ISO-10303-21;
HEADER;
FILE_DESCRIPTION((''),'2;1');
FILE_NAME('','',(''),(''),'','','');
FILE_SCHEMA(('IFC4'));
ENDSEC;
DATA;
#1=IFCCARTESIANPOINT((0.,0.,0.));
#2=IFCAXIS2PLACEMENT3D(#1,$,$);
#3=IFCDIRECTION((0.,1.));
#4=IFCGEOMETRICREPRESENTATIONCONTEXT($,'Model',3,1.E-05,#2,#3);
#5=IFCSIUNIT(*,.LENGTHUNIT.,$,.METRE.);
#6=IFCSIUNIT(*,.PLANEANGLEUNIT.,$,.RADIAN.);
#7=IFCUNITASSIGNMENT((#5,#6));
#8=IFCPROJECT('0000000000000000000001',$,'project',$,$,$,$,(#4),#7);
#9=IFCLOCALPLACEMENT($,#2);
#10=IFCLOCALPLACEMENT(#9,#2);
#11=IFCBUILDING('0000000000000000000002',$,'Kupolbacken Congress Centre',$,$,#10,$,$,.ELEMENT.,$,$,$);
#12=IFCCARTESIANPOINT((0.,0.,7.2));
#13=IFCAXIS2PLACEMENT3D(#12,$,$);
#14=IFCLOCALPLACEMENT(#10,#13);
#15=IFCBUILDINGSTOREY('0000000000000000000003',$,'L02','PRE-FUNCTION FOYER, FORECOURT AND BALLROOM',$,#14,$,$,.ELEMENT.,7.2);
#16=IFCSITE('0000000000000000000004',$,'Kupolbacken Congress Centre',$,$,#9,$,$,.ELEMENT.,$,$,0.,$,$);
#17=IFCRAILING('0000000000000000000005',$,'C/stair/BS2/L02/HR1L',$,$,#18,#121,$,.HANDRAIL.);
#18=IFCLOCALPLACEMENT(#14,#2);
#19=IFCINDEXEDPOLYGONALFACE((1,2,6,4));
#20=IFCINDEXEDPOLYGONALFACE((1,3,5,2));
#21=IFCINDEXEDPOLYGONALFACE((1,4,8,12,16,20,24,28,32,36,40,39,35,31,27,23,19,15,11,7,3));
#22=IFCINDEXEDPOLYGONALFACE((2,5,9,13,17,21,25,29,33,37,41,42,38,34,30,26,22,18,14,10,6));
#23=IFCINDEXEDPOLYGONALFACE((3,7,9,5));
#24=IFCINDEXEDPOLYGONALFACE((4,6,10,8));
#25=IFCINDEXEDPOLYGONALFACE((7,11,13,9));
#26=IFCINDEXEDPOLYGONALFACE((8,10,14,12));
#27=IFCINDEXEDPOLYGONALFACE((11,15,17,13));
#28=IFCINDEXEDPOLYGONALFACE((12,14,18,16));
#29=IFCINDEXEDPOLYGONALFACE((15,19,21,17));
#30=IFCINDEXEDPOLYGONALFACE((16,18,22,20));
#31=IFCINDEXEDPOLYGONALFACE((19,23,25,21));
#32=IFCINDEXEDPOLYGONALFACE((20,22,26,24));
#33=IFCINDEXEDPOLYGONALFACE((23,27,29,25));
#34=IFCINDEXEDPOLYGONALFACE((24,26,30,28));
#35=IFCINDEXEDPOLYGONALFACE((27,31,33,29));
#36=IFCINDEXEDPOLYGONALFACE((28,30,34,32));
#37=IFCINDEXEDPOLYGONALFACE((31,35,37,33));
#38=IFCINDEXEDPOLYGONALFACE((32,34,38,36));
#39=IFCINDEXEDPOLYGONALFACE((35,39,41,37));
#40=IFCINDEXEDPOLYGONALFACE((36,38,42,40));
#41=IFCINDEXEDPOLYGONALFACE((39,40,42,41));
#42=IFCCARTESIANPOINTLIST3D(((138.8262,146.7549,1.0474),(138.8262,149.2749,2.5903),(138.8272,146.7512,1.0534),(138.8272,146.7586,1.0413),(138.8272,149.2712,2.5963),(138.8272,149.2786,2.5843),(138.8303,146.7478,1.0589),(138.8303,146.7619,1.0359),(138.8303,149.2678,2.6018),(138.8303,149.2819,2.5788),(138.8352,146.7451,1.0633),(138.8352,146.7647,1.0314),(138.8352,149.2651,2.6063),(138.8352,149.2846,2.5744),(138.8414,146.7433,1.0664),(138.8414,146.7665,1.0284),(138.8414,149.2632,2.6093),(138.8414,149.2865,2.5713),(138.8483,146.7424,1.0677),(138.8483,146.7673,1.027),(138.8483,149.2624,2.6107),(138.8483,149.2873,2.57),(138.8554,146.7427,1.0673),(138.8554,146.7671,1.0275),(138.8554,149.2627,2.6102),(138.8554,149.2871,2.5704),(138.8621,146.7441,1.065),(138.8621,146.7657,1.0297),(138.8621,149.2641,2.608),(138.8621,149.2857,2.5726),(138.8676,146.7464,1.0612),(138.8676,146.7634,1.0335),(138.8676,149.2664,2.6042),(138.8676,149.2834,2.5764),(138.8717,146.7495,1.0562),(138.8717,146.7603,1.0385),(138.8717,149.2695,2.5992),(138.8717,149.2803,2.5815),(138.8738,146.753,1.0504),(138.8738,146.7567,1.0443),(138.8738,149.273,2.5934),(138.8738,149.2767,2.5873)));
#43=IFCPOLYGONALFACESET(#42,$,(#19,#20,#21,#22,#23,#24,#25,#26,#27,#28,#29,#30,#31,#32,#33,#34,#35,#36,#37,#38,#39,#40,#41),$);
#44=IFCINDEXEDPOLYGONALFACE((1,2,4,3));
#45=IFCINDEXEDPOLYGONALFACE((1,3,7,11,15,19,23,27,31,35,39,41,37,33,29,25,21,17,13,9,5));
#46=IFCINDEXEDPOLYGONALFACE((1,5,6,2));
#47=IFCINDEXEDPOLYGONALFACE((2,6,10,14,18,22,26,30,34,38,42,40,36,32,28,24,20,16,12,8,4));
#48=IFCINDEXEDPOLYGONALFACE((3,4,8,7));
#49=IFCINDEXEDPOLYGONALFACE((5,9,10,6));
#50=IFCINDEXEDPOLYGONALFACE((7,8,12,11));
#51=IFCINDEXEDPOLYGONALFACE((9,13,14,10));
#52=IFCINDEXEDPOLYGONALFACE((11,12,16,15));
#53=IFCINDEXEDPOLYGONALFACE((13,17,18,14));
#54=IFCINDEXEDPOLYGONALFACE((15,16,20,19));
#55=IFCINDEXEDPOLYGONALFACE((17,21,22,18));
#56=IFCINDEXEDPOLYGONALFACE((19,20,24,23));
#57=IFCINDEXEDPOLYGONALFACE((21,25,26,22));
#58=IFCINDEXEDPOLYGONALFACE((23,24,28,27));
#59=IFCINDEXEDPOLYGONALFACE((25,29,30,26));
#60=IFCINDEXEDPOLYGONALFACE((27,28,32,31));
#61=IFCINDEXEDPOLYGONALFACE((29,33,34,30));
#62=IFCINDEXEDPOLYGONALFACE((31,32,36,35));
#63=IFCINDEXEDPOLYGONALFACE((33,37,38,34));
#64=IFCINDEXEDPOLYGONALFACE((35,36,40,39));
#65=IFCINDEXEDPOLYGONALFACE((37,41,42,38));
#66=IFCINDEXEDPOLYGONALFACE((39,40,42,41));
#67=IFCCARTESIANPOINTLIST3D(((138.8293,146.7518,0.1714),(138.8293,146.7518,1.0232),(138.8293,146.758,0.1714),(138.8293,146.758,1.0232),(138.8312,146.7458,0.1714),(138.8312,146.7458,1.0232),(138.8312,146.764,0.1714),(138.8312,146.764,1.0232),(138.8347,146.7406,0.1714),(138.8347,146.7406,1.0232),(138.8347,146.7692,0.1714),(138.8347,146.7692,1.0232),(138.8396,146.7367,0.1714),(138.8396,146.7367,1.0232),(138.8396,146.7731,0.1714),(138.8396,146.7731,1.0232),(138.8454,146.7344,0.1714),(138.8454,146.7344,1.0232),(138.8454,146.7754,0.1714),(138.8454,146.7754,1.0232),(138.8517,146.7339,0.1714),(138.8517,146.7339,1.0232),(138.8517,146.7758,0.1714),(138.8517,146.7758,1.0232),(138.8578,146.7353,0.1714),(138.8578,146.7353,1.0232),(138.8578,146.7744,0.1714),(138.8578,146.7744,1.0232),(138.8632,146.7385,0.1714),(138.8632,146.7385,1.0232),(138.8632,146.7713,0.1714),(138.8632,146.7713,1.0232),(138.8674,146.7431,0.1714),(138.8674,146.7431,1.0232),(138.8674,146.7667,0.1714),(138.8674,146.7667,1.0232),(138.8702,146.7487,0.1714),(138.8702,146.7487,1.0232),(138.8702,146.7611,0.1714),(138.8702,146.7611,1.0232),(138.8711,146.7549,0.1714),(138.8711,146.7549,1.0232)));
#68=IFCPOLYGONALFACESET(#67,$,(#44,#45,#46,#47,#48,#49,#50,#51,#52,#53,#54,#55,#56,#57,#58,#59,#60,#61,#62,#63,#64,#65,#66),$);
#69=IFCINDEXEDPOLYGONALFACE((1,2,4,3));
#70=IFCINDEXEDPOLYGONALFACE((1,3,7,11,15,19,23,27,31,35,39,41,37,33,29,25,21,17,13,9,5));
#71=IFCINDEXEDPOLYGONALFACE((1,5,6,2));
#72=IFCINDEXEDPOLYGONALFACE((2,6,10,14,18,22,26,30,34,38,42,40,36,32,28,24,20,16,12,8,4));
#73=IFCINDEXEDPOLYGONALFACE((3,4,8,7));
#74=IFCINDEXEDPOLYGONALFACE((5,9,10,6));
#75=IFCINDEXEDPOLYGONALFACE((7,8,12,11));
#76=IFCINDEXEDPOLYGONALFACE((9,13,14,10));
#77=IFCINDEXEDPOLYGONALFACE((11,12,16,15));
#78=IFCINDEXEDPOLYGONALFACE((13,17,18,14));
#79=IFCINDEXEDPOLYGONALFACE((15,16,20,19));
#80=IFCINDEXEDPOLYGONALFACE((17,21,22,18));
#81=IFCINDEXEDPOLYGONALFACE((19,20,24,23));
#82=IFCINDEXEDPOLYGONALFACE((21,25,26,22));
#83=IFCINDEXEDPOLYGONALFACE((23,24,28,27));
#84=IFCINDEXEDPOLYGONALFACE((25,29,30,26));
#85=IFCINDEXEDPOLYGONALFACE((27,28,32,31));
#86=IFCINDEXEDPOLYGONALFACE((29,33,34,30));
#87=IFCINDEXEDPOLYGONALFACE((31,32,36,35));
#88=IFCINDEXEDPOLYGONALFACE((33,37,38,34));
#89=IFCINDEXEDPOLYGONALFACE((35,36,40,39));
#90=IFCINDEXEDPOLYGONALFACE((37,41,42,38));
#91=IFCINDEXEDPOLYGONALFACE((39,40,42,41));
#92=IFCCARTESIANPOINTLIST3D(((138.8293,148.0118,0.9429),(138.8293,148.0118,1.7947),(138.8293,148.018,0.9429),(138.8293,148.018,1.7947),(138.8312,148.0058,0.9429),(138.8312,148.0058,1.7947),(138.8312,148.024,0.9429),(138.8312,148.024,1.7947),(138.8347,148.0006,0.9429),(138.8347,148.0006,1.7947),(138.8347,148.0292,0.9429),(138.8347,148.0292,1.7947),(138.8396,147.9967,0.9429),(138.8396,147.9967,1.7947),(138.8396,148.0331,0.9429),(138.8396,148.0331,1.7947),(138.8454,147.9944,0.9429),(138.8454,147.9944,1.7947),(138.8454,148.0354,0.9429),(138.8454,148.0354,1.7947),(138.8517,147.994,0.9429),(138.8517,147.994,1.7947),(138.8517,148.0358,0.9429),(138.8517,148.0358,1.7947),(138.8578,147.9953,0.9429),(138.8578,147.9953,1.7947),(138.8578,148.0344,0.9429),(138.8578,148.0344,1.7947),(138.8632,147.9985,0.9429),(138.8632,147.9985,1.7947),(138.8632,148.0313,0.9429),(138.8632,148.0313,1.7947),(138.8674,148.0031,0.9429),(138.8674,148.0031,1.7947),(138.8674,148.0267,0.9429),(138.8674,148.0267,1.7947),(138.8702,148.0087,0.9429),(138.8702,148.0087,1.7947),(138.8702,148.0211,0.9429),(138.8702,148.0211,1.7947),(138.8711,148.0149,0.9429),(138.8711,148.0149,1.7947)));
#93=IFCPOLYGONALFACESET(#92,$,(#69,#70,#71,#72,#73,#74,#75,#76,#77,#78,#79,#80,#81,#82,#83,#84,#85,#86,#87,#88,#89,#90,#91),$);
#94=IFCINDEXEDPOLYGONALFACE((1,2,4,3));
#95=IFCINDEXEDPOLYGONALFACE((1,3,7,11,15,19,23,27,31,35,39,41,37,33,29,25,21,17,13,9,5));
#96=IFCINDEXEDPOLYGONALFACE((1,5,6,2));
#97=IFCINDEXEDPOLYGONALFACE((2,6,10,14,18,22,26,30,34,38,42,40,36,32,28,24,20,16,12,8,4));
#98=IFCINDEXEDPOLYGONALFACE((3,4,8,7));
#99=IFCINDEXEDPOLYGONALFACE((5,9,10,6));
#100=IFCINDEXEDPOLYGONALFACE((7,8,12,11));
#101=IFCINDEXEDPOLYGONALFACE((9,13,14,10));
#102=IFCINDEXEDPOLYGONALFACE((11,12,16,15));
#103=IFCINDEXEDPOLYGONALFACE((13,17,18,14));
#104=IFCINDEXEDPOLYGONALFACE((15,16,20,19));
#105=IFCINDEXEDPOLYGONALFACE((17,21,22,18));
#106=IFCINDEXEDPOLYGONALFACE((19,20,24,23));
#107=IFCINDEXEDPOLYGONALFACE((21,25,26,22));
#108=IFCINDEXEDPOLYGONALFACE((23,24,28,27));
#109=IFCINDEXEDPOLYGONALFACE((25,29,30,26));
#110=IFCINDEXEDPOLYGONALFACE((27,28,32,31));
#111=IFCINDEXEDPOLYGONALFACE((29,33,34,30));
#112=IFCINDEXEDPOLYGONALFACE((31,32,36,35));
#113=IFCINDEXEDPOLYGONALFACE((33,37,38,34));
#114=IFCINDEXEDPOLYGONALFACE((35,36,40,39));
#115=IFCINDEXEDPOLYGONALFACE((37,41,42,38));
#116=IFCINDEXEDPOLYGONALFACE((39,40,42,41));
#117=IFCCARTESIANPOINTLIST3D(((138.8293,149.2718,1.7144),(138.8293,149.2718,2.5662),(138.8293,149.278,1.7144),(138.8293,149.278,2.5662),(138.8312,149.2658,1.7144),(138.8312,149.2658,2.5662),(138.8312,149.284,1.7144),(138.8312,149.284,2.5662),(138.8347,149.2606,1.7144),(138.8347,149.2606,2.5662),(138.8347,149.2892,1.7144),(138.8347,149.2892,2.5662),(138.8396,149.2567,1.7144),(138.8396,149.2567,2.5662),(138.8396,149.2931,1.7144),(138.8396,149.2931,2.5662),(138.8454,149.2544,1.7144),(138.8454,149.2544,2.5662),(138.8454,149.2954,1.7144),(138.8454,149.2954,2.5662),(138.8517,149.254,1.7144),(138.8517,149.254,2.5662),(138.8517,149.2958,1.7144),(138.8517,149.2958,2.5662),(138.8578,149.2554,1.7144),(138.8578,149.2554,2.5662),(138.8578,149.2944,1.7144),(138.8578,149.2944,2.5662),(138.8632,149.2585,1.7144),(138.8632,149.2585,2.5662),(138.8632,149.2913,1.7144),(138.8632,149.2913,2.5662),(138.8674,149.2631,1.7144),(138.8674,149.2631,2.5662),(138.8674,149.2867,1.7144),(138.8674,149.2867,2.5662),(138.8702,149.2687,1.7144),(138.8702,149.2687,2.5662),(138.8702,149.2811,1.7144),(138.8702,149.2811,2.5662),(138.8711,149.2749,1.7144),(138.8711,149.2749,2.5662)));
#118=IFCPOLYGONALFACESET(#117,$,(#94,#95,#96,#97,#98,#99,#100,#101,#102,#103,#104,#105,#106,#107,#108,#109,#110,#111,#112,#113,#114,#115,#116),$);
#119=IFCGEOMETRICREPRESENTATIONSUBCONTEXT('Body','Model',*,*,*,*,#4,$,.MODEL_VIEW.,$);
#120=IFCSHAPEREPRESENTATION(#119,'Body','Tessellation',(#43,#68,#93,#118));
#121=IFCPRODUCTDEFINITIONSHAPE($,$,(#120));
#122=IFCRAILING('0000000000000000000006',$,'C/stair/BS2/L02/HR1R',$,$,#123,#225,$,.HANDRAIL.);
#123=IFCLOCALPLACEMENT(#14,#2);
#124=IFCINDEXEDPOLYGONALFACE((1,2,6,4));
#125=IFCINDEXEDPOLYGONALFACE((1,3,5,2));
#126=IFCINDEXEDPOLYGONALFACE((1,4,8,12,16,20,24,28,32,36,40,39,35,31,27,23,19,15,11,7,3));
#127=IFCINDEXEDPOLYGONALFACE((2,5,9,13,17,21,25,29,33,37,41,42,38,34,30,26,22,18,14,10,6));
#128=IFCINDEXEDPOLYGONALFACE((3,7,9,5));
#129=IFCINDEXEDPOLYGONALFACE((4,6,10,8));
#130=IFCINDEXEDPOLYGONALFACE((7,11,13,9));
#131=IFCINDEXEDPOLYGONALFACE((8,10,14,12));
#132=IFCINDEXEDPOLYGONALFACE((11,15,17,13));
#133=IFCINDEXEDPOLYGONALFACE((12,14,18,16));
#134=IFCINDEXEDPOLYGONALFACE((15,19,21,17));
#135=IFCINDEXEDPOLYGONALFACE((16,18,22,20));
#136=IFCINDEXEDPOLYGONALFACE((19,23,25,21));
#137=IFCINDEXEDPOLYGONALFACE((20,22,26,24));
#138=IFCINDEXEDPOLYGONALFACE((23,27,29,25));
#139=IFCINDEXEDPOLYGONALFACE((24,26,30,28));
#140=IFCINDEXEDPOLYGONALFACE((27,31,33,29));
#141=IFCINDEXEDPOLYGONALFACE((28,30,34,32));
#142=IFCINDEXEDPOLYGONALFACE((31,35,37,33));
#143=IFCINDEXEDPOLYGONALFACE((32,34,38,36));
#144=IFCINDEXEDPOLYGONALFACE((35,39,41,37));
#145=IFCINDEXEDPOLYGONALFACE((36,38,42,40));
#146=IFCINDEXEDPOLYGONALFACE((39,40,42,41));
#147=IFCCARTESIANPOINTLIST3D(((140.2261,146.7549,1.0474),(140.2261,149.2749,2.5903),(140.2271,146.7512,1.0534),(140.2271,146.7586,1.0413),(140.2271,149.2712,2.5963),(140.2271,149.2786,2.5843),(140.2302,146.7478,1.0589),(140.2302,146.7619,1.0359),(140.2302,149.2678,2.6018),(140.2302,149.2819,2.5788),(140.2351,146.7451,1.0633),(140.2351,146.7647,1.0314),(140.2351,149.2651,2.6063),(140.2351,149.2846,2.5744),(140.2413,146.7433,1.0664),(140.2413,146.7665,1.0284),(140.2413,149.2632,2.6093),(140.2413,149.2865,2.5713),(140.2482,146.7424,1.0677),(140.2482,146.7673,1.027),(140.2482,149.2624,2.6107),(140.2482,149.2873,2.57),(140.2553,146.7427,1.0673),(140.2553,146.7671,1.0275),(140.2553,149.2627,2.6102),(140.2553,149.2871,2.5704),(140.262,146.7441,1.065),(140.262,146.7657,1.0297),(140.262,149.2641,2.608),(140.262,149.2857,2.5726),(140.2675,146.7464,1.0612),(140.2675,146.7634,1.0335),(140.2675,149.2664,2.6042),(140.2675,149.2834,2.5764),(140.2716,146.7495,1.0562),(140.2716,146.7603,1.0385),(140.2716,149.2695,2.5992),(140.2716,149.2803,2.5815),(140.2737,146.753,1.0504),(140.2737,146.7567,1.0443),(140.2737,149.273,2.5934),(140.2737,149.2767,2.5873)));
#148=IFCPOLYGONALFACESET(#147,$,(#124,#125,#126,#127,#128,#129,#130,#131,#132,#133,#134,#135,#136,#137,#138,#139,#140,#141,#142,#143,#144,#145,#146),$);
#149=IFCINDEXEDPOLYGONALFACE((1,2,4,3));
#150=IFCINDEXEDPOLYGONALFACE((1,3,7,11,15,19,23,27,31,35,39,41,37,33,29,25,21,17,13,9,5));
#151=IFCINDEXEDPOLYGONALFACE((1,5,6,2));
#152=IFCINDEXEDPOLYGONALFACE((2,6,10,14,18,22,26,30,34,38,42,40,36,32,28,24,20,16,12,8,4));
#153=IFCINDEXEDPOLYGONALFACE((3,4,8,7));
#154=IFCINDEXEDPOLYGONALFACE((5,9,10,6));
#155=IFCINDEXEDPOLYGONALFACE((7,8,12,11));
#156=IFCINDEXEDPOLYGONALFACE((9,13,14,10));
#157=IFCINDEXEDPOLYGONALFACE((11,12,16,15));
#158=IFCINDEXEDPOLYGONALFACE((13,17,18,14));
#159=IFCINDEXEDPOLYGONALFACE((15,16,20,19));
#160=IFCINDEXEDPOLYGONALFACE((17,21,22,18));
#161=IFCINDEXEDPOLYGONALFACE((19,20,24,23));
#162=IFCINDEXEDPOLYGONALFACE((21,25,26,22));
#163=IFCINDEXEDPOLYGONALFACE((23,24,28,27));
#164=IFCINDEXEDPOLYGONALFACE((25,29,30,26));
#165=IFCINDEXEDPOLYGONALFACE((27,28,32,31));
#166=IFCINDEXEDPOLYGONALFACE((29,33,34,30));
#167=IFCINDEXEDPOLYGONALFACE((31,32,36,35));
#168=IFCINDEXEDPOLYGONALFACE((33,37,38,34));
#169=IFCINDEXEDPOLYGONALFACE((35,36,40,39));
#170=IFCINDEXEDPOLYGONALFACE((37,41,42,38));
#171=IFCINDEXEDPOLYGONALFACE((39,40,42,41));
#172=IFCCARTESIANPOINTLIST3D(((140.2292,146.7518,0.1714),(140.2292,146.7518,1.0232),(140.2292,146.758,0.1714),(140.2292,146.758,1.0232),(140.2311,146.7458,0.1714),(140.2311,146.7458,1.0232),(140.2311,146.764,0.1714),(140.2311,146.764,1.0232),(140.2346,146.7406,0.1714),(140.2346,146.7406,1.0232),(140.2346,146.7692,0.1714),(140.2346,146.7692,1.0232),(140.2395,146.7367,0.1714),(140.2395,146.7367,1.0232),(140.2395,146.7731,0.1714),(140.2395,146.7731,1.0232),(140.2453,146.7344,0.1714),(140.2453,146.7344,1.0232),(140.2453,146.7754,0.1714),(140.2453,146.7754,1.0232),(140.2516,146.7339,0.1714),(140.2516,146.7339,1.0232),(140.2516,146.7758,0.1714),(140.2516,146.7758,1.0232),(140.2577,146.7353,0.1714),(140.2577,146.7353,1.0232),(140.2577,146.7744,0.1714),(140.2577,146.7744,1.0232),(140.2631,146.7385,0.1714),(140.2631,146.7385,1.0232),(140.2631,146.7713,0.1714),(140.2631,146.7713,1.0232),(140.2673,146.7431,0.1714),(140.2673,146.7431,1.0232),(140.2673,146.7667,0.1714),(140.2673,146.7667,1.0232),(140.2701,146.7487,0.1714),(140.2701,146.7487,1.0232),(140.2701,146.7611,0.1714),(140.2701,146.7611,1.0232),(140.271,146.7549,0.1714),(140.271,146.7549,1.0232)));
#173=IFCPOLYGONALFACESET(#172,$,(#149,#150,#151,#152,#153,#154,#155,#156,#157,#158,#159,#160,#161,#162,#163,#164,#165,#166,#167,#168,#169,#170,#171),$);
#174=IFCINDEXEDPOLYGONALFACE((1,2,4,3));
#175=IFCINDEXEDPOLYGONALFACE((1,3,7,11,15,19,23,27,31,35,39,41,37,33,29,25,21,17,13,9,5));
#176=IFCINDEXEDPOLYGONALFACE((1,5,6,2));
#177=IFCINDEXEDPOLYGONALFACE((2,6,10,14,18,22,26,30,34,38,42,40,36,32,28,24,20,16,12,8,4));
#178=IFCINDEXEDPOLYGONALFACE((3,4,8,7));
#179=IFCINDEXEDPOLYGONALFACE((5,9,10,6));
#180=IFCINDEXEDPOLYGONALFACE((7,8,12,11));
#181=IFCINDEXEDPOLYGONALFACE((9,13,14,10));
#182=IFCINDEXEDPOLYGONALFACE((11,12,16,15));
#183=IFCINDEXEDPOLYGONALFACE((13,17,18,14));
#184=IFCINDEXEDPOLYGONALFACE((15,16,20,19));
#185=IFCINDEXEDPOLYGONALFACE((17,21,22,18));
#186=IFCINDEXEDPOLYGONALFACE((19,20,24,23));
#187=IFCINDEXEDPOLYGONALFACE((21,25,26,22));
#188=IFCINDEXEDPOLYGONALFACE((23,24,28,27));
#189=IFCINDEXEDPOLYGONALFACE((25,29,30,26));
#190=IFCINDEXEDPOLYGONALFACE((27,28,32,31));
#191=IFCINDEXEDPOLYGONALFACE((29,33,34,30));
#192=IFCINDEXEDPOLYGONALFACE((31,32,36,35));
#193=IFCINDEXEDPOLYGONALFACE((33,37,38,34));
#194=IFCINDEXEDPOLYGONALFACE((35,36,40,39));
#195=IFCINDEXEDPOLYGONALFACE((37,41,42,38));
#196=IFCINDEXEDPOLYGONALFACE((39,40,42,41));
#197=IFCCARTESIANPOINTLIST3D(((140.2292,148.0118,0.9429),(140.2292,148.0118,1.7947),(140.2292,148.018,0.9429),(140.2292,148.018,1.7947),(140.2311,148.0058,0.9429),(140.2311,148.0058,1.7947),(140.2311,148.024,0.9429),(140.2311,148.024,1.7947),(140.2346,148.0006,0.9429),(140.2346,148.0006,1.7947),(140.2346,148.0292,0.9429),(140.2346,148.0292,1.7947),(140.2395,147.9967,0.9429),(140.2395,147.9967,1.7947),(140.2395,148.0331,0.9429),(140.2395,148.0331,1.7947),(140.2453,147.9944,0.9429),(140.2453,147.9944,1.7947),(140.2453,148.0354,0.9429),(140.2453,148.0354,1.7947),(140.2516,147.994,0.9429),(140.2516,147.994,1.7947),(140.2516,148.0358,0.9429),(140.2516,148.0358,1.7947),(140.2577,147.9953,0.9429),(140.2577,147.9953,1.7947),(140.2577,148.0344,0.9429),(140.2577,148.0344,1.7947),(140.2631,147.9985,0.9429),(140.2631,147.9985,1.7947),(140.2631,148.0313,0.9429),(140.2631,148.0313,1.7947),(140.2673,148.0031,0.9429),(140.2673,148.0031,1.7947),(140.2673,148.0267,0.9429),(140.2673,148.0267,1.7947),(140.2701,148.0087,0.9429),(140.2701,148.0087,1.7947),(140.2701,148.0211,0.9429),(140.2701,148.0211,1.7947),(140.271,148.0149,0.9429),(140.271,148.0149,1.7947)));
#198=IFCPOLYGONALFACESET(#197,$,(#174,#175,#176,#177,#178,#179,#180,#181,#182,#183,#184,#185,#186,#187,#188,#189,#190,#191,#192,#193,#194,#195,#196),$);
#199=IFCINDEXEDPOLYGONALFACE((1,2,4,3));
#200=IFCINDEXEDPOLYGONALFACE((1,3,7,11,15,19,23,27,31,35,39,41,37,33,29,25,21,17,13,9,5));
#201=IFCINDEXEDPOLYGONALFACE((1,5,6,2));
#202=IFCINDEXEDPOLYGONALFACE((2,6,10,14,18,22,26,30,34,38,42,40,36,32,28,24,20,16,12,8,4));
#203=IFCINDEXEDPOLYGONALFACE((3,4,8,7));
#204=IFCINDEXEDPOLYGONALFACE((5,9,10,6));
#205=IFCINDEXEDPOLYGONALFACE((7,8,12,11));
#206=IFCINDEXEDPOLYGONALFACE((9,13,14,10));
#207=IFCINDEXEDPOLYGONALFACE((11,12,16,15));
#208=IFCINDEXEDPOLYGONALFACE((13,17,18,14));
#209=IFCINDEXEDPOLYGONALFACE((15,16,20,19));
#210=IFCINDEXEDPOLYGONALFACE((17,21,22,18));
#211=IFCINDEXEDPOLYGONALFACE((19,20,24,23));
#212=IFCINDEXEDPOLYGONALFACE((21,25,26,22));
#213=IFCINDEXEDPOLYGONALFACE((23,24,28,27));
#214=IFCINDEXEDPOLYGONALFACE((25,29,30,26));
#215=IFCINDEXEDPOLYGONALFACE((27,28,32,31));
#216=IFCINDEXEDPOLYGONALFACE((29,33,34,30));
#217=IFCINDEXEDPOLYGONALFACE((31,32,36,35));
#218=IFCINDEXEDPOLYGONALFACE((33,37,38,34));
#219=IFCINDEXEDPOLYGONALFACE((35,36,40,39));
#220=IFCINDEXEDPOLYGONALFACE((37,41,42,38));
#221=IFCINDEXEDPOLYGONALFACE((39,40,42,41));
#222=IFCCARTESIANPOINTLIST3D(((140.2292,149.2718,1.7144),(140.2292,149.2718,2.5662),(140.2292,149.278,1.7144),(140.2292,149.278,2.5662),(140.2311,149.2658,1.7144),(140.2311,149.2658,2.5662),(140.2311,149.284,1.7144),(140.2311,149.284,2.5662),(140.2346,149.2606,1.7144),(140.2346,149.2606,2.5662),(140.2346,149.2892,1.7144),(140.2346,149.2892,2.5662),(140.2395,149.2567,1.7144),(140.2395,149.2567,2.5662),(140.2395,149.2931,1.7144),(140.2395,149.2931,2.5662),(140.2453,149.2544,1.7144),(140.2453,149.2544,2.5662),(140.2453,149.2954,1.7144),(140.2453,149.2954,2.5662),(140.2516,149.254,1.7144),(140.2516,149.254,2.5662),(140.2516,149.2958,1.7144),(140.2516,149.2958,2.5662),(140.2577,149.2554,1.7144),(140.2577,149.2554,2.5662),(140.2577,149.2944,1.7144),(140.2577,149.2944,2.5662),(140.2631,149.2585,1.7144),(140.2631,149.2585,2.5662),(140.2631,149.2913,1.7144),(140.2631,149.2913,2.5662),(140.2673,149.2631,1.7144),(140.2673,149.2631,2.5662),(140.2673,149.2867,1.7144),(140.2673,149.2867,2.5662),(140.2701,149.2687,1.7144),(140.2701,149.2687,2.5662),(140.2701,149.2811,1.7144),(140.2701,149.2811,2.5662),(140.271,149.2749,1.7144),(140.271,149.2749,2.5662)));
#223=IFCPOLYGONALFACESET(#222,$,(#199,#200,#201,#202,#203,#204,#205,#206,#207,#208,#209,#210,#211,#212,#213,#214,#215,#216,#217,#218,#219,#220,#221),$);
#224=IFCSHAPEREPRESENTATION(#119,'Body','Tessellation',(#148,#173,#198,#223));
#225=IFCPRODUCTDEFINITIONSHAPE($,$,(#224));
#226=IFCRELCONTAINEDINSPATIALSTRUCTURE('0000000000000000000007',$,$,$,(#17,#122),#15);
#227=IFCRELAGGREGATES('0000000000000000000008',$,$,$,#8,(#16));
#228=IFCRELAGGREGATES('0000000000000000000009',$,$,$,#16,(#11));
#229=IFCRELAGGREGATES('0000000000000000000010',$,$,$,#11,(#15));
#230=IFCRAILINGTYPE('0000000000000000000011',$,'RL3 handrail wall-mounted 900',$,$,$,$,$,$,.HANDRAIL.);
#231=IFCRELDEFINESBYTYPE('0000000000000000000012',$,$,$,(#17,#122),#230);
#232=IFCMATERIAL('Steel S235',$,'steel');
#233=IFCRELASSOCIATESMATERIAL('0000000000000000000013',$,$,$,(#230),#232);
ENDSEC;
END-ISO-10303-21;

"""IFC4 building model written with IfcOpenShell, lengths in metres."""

from ifc_helpers import new_model, si_unit, direction, frame, origin, origin_2d, place, context, subcontext, project, spatial, circle, extrude, material, type_object, element, save


model = new_model("IFC4")

# Units and contexts
model_context = context("Model", 3, precision=1e-05, world=origin(), true_north=direction((0.0, 1.0)))
body_context = subcontext(model_context, "Body", "Model", "MODEL_VIEW")
ifc_project = project(units=[si_unit("LENGTHUNIT", "METRE"), si_unit("PLANEANGLEUNIT", "RADIAN")], contexts=[model_context])

# Site, building, storey
site_placement = place(None, origin())
site = spatial("IfcSite", under=ifc_project, at=site_placement, Name="Kupolbacken Congress Centre", CompositionType="ELEMENT", RefElevation=0.0)
building_placement = place(site_placement, origin())
building = spatial("IfcBuilding", under=site, at=building_placement, Name="Kupolbacken Congress Centre", CompositionType="ELEMENT")
storey_placement = place(building_placement, frame((0.0, 0.0, 7.2)))
storey = spatial("IfcBuildingStorey", under=building, at=storey_placement, Name="L02", Description="PRE-FUNCTION FOYER, FORECOURT AND BALLROOM", CompositionType="ELEMENT", Elevation=7.2)

# Railings
ifc_material_1 = material(Name="Steel S235", Category="steel")
railing_type = type_object("IfcRailingType", Name="RL3 handrail wall-mounted 900", PredefinedType="HANDRAIL", material=ifc_material_1)
for number, where, name in (
    (1, (138.8501, 146.7549, 0.1714), "C/stair/BS2/L02/HR1L"),
    (2, (140.25, 146.7549, 0.1714), "C/stair/BS2/L02/HR1R"),
):
    element("IfcRailing", number, at=place(storey_placement, frame(where)), inside=storey, type_object=railing_type, Name=name, PredefinedType="HANDRAIL", context=body_context, shape_type="SweptSolid", body=[
        extrude(circle(Radius=0.0239, at=origin_2d()), frame((0.0, 0.0, 0.876), z_axis=(0.0, 0.852836, 0.522178), x_axis=(-1.0, 0.0, 0.0)), (0.0, 0.0, 1.0), 2.9548),
        extrude(circle(Radius=0.021, at=origin_2d()), origin(), (0.0, 0.0, 1.0), 0.8518),
        extrude(circle(Radius=0.021, at=origin_2d()), frame((0.0, 1.26, 0.7715)), (0.0, 0.0, 1.0), 0.8518),
        extrude(circle(Radius=0.021, at=origin_2d()), frame((0.0, 2.52, 1.543)), (0.0, 0.0, 1.0), 0.8518),
    ])

save(model, "model.ifc")
